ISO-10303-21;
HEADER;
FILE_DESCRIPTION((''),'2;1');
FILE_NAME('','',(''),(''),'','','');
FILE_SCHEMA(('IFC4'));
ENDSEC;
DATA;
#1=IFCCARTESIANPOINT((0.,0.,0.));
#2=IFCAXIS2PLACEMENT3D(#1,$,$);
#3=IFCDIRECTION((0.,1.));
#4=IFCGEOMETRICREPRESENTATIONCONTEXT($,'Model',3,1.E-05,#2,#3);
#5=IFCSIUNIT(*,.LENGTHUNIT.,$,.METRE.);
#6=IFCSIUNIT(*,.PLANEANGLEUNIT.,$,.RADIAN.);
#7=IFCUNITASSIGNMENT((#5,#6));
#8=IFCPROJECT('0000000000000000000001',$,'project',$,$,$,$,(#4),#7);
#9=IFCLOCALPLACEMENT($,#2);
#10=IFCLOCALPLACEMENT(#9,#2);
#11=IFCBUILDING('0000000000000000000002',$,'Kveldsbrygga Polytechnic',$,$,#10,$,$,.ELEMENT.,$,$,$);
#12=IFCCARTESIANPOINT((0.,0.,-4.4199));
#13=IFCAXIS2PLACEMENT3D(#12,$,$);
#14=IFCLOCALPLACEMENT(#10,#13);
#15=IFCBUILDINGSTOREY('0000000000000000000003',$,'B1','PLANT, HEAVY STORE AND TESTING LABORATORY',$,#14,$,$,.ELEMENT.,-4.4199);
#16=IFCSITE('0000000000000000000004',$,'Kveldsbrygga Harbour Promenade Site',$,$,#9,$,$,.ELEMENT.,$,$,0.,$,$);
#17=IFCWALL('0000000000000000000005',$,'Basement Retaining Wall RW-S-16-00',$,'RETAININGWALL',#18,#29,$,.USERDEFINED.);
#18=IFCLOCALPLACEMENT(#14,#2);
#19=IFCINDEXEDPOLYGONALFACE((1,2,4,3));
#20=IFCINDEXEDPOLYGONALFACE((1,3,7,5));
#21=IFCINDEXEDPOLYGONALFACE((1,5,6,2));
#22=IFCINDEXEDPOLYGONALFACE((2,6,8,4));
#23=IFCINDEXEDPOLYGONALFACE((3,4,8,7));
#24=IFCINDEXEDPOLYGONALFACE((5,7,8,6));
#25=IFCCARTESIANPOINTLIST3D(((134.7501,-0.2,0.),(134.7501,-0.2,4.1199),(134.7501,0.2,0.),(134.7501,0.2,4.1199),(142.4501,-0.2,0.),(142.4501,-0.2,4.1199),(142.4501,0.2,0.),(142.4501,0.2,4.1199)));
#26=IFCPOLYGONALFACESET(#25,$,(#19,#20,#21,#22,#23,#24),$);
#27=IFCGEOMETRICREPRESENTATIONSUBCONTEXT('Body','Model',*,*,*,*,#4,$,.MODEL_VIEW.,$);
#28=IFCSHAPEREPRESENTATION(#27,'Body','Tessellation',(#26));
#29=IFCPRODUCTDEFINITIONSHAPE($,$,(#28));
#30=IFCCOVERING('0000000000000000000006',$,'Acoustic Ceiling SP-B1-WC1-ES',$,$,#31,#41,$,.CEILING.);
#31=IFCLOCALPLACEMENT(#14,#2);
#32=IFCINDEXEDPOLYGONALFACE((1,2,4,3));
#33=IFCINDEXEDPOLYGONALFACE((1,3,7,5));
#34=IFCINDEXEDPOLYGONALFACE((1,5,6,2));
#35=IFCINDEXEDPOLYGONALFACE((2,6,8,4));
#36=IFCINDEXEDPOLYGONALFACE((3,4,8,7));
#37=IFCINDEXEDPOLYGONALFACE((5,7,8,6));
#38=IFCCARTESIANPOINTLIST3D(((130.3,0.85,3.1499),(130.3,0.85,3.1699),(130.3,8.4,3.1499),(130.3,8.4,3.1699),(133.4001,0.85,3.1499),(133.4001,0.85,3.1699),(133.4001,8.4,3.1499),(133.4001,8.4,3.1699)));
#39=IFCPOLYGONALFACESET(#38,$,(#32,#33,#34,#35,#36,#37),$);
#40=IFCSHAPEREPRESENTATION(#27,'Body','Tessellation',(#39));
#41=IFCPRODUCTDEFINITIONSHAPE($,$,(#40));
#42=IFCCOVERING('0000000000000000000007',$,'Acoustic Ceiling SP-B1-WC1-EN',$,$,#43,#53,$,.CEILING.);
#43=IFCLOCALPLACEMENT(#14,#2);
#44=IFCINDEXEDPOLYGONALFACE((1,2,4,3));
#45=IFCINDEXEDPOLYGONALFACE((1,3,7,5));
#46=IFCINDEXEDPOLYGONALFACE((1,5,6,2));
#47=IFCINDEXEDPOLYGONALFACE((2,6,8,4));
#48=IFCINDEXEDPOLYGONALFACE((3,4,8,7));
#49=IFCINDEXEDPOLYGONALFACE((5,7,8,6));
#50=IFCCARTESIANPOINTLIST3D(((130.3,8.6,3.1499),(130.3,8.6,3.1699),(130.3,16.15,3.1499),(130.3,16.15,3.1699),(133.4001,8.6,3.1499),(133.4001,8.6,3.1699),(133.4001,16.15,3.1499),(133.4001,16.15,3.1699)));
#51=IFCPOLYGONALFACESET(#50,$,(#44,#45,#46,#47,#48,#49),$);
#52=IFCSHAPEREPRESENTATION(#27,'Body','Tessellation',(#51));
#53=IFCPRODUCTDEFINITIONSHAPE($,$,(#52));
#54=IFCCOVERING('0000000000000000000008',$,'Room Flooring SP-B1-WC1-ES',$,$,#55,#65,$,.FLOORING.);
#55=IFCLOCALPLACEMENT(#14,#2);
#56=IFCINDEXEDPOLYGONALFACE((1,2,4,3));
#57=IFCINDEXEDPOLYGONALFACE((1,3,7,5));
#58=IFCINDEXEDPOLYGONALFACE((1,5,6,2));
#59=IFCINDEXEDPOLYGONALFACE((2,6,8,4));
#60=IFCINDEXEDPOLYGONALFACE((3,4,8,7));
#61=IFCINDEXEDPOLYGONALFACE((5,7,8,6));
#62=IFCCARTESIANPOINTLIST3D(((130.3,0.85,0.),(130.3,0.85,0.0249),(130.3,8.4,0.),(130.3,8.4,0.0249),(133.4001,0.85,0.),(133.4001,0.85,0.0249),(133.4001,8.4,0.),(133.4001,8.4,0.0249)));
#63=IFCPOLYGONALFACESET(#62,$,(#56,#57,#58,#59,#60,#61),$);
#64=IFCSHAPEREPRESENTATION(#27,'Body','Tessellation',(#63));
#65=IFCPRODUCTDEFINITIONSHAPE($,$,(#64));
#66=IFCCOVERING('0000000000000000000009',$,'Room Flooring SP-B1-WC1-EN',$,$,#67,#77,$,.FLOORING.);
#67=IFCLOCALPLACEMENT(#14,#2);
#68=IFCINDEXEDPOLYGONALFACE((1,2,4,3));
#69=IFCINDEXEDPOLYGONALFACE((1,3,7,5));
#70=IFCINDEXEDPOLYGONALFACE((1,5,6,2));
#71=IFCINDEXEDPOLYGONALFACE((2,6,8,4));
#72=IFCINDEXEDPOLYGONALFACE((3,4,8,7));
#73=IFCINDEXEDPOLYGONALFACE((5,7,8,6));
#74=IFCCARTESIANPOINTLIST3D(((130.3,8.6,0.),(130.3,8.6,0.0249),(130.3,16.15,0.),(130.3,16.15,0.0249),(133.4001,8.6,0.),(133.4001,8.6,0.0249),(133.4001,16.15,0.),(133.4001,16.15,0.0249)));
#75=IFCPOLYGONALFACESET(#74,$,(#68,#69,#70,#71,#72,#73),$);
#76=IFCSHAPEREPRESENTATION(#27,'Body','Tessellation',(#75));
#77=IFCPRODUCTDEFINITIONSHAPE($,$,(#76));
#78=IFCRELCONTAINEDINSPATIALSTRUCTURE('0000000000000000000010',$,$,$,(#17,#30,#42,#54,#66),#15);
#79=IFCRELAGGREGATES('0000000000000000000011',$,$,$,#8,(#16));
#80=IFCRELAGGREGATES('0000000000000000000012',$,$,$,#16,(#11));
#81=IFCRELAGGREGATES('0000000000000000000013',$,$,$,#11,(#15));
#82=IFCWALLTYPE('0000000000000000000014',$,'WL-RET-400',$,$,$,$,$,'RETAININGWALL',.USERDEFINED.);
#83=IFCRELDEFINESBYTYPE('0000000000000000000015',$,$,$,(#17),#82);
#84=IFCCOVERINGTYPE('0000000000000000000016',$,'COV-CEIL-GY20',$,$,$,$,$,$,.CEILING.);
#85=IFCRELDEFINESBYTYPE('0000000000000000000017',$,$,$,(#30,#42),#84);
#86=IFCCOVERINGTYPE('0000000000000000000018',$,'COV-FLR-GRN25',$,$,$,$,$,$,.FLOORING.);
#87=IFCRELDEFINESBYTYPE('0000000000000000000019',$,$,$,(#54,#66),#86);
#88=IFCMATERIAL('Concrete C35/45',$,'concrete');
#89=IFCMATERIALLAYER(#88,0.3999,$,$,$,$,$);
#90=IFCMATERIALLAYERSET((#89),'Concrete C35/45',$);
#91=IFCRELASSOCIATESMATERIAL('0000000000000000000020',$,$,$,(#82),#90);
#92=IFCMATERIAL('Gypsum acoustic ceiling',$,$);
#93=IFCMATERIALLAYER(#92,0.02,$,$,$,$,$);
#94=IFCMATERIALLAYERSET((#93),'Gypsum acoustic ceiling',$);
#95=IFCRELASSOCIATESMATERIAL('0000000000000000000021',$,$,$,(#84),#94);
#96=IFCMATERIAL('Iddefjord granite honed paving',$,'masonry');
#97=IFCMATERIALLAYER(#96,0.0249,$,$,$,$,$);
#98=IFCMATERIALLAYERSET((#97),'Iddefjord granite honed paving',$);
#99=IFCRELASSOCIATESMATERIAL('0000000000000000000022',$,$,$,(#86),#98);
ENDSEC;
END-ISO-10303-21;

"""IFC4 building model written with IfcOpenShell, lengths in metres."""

from ifc_helpers import new_model, si_unit, direction, frame, frame_2d, origin, origin_2d, place, context, subcontext, project, spatial, rectangle, extrude, material, layer, layer_set, type_object, element, save


model = new_model("IFC4")

# Units and contexts
model_context = context("Model", 3, precision=1e-05, world=origin(), true_north=direction((0.0, 1.0)))
body_context = subcontext(model_context, "Body", "Model", "MODEL_VIEW")
ifc_project = project(units=[si_unit("LENGTHUNIT", "METRE"), si_unit("PLANEANGLEUNIT", "RADIAN")], contexts=[model_context])

# Site, building, storey
site_placement = place(None, origin())
site = spatial("IfcSite", under=ifc_project, at=site_placement, Name="Kveldsbrygga Harbour Promenade Site", CompositionType="ELEMENT", RefElevation=0.0)
building_placement = place(site_placement, origin())
building = spatial("IfcBuilding", under=site, at=building_placement, Name="Kveldsbrygga Polytechnic", CompositionType="ELEMENT")
storey_placement = place(building_placement, frame((0.0, 0.0, -4.4199)))
storey = spatial("IfcBuildingStorey", under=building, at=storey_placement, Name="B1", Description="PLANT, HEAVY STORE AND TESTING LABORATORY", CompositionType="ELEMENT", Elevation=-4.4199)

# Shared definitions
ifc_material_1 = material(Name="Concrete C35/45", Category="concrete")

# Wall
ifc_layer_1 = layer(ifc_material_1, 0.3999)
ifc_layer_set_1 = layer_set([ifc_layer_1], Name="Concrete C35/45")
wall_type_1 = type_object("IfcWallType", Name="WL-RET-400", ElementType="RETAININGWALL", PredefinedType="USERDEFINED", material=ifc_layer_set_1)
wall_1_placement = place(storey_placement, frame((134.75, 0.0, 0.0), z_axis=(0.0, 0.0, 1.0), x_axis=(1.0, 0.0, 0.0)))
element("IfcWall", 1, at=wall_1_placement, inside=storey, type_object=wall_type_1, Name="Basement Retaining Wall RW-S-16-00", ObjectType="RETAININGWALL", PredefinedType="USERDEFINED", context=body_context, shape_type="SweptSolid", body=[
    extrude(rectangle(XDim=7.7, YDim=0.3999, at=frame_2d((3.8501, 0.0))), origin(), (0.0, 0.0, 1.0), 4.1199),
])

# Coverings
ifc_material_2 = material(Name="Gypsum acoustic ceiling")
ifc_layer_2 = layer(ifc_material_2, 0.02)
ifc_layer_set_2 = layer_set([ifc_layer_2], Name="Gypsum acoustic ceiling")
covering_type_1 = type_object("IfcCoveringType", Name="COV-CEIL-GY20", PredefinedType="CEILING", material=ifc_layer_set_2)
for number, where, z_axis, x_axis, name in (
    (2, (131.8501, 4.625, 3.1499), (0.0, 0.0, 1.0), (1.0, 0.0, 0.0), "Acoustic Ceiling SP-B1-WC1-ES"),
    (3, (131.8501, 12.375, 3.1499), (0.0, 0.0, 1.0), (1.0, 0.0, 0.0), "Acoustic Ceiling SP-B1-WC1-EN"),
):
    element("IfcCovering", number, at=place(storey_placement, frame(where, z_axis=z_axis, x_axis=x_axis)), inside=storey, type_object=covering_type_1, Name=name, PredefinedType="CEILING", context=body_context, shape_type="SweptSolid", body=[
        extrude(rectangle(XDim=3.1001, YDim=7.55, at=origin_2d()), origin(), (0.0, 0.0, 1.0), 0.02),
    ])
ifc_material_3 = material(Name="Iddefjord granite honed paving", Category="masonry")
ifc_layer_3 = layer(ifc_material_3, 0.0249)
ifc_layer_set_3 = layer_set([ifc_layer_3], Name="Iddefjord granite honed paving")
covering_type_2 = type_object("IfcCoveringType", Name="COV-FLR-GRN25", PredefinedType="FLOORING", material=ifc_layer_set_3)
for number, where, z_axis, x_axis, name in (
    (4, (131.8501, 4.625, 0.0), (0.0, 0.0, 1.0), (1.0, 0.0, 0.0), "Room Flooring SP-B1-WC1-ES"),
    (5, (131.8501, 12.375, 0.0), (0.0, 0.0, 1.0), (1.0, 0.0, 0.0), "Room Flooring SP-B1-WC1-EN"),
):
    element("IfcCovering", number, at=place(storey_placement, frame(where, z_axis=z_axis, x_axis=x_axis)), inside=storey, type_object=covering_type_2, Name=name, PredefinedType="FLOORING", context=body_context, shape_type="SweptSolid", body=[
        extrude(rectangle(XDim=3.1001, YDim=7.55, at=origin_2d()), origin(), (0.0, 0.0, 1.0), 0.0249),
    ])

save(model, "model.ifc")
